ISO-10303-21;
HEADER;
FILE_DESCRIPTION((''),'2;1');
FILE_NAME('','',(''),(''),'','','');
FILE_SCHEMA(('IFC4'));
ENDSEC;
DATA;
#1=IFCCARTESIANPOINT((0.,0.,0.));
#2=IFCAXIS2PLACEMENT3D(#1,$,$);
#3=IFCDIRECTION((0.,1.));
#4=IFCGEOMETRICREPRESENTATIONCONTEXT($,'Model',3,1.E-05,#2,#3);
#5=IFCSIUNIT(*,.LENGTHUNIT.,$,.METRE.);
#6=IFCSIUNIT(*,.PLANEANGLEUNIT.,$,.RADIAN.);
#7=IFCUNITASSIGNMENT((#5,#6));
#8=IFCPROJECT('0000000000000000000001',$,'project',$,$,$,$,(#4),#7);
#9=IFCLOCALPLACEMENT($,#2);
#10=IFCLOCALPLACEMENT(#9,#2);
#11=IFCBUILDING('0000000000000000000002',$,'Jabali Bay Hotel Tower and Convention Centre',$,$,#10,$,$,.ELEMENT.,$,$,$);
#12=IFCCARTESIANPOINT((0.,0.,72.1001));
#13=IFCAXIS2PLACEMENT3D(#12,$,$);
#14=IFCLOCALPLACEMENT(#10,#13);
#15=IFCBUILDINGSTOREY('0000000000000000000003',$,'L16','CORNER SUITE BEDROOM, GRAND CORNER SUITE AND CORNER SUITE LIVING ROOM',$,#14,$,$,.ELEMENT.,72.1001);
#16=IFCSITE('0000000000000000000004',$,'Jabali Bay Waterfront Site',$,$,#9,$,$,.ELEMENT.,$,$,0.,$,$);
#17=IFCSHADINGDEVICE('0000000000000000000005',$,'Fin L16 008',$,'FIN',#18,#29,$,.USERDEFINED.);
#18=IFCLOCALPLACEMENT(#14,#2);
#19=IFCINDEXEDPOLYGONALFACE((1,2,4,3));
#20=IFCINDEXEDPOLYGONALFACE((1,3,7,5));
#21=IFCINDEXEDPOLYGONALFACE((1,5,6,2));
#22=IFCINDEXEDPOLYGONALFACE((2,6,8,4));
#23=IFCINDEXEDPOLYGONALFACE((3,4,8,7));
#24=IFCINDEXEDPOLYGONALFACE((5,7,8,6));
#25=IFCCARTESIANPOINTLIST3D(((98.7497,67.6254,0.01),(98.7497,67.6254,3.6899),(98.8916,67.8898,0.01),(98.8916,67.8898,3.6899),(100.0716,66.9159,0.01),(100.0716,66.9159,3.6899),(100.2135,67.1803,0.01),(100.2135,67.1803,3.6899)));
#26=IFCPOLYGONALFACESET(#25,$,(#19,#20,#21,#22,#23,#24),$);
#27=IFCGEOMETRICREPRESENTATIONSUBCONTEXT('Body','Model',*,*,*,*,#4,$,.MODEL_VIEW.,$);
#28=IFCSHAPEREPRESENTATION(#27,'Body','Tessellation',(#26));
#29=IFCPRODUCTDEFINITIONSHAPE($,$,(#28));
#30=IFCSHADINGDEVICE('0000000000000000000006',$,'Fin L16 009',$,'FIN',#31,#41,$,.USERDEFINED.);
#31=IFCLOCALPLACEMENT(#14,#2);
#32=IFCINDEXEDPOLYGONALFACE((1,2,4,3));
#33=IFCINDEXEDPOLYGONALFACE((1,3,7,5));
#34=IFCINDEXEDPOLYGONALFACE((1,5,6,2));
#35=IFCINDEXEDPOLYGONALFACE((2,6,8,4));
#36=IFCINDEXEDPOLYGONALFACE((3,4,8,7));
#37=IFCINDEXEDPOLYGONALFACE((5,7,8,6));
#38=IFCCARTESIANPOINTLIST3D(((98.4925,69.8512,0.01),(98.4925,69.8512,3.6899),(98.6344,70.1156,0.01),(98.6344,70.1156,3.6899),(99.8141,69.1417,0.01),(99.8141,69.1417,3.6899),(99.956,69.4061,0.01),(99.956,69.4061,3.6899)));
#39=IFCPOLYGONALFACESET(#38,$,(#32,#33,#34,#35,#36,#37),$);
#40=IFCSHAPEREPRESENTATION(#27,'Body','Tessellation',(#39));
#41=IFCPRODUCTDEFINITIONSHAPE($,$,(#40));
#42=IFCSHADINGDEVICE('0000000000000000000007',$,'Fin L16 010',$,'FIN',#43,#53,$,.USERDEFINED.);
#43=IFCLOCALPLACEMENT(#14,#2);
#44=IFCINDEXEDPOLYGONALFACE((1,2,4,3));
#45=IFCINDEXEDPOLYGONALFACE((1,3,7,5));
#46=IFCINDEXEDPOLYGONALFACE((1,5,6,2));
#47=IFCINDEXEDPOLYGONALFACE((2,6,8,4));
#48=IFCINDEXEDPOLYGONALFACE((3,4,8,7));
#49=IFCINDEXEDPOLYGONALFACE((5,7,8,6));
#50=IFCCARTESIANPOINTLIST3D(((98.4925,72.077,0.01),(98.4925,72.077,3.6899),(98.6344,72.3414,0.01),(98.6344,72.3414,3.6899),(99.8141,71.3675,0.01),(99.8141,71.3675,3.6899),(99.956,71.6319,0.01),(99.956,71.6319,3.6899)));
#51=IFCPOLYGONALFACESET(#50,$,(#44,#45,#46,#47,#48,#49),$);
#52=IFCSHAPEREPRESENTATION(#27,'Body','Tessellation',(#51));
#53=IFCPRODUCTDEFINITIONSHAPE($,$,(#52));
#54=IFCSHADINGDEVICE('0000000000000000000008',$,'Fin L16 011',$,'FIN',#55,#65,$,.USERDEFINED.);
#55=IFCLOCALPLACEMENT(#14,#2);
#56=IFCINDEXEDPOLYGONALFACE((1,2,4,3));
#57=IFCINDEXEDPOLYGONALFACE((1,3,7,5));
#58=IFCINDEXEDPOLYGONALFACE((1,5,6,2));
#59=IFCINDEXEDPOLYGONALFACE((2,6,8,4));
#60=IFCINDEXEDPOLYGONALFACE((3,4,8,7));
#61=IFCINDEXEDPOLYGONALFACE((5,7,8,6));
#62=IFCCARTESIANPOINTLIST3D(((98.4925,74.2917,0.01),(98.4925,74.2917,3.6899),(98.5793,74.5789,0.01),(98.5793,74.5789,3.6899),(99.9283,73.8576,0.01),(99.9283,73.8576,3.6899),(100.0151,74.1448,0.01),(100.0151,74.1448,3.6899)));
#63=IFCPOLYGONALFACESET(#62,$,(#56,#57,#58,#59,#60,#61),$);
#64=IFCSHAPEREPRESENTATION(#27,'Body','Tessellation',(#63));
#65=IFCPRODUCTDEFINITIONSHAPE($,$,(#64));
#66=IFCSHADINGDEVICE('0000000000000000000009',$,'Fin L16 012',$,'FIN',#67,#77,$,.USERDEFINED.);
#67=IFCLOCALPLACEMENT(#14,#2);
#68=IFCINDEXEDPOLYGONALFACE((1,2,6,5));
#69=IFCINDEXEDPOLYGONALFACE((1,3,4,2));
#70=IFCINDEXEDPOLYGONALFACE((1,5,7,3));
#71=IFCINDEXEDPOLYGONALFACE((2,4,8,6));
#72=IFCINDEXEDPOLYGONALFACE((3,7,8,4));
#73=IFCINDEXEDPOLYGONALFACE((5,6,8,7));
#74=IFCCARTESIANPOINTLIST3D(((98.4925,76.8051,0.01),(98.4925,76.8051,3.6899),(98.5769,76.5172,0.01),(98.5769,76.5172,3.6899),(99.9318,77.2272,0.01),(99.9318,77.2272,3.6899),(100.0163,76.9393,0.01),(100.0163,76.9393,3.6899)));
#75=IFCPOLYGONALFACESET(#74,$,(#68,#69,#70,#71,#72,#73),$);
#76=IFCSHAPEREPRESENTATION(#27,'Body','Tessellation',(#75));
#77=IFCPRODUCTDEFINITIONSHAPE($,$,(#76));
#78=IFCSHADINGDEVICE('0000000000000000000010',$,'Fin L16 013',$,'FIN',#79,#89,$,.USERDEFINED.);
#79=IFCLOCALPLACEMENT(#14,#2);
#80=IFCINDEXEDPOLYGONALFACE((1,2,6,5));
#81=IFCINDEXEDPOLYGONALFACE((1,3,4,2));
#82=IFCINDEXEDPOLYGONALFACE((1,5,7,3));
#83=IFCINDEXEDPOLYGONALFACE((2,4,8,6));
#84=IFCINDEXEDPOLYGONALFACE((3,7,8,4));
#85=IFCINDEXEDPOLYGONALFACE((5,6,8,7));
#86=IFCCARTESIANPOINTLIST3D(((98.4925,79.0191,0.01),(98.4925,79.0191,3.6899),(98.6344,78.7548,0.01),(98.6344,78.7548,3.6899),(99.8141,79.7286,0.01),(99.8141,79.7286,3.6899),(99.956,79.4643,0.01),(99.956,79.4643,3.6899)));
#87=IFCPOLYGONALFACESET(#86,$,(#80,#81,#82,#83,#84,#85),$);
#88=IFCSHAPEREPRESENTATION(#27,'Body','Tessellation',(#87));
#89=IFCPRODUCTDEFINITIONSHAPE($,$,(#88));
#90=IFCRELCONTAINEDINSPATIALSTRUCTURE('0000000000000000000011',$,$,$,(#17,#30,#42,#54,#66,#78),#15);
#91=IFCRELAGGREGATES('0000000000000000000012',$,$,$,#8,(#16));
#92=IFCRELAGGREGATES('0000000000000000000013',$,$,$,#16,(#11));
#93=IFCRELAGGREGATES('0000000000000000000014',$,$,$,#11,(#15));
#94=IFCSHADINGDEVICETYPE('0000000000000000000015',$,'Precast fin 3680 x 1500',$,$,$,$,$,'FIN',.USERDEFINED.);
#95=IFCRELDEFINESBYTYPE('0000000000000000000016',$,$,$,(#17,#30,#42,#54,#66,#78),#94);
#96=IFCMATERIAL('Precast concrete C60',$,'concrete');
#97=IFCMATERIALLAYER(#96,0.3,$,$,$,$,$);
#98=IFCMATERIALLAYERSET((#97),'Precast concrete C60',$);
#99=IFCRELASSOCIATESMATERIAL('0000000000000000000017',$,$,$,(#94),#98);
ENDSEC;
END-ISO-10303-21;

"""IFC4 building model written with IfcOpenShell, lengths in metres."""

from ifc_helpers import new_model, si_unit, direction, frame, frame_2d, origin, place, context, subcontext, project, spatial, rectangle, extrude, material, layer, layer_set, type_object, element, save


model = new_model("IFC4")

# Units and contexts
model_context = context("Model", 3, precision=1e-05, world=origin(), true_north=direction((0.0, 1.0)))
body_context = subcontext(model_context, "Body", "Model", "MODEL_VIEW")
ifc_project = project(units=[si_unit("LENGTHUNIT", "METRE"), si_unit("PLANEANGLEUNIT", "RADIAN")], contexts=[model_context])

# Site, building, storey
site_placement = place(None, origin())
site = spatial("IfcSite", under=ifc_project, at=site_placement, Name="Jabali Bay Waterfront Site", CompositionType="ELEMENT", RefElevation=0.0)
building_placement = place(site_placement, origin())
building = spatial("IfcBuilding", under=site, at=building_placement, Name="Jabali Bay Hotel Tower and Convention Centre", CompositionType="ELEMENT")
storey_placement = place(building_placement, frame((0.0, 0.0, 72.1001)))
storey = spatial("IfcBuildingStorey", under=building, at=storey_placement, Name="L16", Description="CORNER SUITE BEDROOM, GRAND CORNER SUITE AND CORNER SUITE LIVING ROOM", CompositionType="ELEMENT", Elevation=72.1001)

# Shading devices
ifc_material_1 = material(Name="Precast concrete C60", Category="concrete")
ifc_layer_1 = layer(ifc_material_1, 0.3)
ifc_layer_set_1 = layer_set([ifc_layer_1], Name="Precast concrete C60")
shading_device_type = type_object("IfcShadingDeviceType", Name="Precast fin 3680 x 1500", ElementType="FIN", PredefinedType="USERDEFINED", material=ifc_layer_set_1)
shading_device_placement = place(storey_placement, frame((98.8208, 67.7576, 0.01), z_axis=(0.0, 0.0, 1.0), x_axis=(0.881097, -0.472935, 0.0)))
element("IfcShadingDevice", 1, at=shading_device_placement, inside=storey, type_object=shading_device_type, Name="Fin L16 008", ObjectType="FIN", PredefinedType="USERDEFINED", context=body_context, shape_type="SweptSolid", body=[
    extrude(rectangle(XDim=1.5002, YDim=0.3, at=frame_2d((0.75, 0.0))), origin(), (0.0, 0.0, 1.0), 3.6799),
])
for number, where, z_axis, x_axis, name in (
    (2, (98.5635, 69.9834, 0.01), (0.0, 0.0, 1.0), (0.881061, -0.473003, 0.0), "Fin L16 009"),
    (3, (98.5635, 72.2092, 0.01), (0.0, 0.0, 1.0), (0.881061, -0.473003, 0.0), "Fin L16 010"),
    (4, (98.5359, 74.4353, 0.01), (0.0, 0.0, 1.0), (0.95721, -0.289393, 0.0), "Fin L16 011"),
    (5, (98.5347, 76.6611, 0.01), (0.0, 0.0, 1.0), (0.959591, 0.2814, 0.0), "Fin L16 012"),
    (6, (98.5635, 78.887, 0.01), (0.0, 0.0, 1.0), (0.881061, 0.473003, 0.0), "Fin L16 013"),
):
    element("IfcShadingDevice", number, at=place(storey_placement, frame(where, z_axis=z_axis, x_axis=x_axis)), inside=storey, type_object=shading_device_type, Name=name, ObjectType="FIN", PredefinedType="USERDEFINED", context=body_context, shape_type="SweptSolid", body=[
        extrude(rectangle(XDim=1.5, YDim=0.3, at=frame_2d((0.75, 0.0))), origin(), (0.0, 0.0, 1.0), 3.6799),
    ])

save(model, "model.ifc")
